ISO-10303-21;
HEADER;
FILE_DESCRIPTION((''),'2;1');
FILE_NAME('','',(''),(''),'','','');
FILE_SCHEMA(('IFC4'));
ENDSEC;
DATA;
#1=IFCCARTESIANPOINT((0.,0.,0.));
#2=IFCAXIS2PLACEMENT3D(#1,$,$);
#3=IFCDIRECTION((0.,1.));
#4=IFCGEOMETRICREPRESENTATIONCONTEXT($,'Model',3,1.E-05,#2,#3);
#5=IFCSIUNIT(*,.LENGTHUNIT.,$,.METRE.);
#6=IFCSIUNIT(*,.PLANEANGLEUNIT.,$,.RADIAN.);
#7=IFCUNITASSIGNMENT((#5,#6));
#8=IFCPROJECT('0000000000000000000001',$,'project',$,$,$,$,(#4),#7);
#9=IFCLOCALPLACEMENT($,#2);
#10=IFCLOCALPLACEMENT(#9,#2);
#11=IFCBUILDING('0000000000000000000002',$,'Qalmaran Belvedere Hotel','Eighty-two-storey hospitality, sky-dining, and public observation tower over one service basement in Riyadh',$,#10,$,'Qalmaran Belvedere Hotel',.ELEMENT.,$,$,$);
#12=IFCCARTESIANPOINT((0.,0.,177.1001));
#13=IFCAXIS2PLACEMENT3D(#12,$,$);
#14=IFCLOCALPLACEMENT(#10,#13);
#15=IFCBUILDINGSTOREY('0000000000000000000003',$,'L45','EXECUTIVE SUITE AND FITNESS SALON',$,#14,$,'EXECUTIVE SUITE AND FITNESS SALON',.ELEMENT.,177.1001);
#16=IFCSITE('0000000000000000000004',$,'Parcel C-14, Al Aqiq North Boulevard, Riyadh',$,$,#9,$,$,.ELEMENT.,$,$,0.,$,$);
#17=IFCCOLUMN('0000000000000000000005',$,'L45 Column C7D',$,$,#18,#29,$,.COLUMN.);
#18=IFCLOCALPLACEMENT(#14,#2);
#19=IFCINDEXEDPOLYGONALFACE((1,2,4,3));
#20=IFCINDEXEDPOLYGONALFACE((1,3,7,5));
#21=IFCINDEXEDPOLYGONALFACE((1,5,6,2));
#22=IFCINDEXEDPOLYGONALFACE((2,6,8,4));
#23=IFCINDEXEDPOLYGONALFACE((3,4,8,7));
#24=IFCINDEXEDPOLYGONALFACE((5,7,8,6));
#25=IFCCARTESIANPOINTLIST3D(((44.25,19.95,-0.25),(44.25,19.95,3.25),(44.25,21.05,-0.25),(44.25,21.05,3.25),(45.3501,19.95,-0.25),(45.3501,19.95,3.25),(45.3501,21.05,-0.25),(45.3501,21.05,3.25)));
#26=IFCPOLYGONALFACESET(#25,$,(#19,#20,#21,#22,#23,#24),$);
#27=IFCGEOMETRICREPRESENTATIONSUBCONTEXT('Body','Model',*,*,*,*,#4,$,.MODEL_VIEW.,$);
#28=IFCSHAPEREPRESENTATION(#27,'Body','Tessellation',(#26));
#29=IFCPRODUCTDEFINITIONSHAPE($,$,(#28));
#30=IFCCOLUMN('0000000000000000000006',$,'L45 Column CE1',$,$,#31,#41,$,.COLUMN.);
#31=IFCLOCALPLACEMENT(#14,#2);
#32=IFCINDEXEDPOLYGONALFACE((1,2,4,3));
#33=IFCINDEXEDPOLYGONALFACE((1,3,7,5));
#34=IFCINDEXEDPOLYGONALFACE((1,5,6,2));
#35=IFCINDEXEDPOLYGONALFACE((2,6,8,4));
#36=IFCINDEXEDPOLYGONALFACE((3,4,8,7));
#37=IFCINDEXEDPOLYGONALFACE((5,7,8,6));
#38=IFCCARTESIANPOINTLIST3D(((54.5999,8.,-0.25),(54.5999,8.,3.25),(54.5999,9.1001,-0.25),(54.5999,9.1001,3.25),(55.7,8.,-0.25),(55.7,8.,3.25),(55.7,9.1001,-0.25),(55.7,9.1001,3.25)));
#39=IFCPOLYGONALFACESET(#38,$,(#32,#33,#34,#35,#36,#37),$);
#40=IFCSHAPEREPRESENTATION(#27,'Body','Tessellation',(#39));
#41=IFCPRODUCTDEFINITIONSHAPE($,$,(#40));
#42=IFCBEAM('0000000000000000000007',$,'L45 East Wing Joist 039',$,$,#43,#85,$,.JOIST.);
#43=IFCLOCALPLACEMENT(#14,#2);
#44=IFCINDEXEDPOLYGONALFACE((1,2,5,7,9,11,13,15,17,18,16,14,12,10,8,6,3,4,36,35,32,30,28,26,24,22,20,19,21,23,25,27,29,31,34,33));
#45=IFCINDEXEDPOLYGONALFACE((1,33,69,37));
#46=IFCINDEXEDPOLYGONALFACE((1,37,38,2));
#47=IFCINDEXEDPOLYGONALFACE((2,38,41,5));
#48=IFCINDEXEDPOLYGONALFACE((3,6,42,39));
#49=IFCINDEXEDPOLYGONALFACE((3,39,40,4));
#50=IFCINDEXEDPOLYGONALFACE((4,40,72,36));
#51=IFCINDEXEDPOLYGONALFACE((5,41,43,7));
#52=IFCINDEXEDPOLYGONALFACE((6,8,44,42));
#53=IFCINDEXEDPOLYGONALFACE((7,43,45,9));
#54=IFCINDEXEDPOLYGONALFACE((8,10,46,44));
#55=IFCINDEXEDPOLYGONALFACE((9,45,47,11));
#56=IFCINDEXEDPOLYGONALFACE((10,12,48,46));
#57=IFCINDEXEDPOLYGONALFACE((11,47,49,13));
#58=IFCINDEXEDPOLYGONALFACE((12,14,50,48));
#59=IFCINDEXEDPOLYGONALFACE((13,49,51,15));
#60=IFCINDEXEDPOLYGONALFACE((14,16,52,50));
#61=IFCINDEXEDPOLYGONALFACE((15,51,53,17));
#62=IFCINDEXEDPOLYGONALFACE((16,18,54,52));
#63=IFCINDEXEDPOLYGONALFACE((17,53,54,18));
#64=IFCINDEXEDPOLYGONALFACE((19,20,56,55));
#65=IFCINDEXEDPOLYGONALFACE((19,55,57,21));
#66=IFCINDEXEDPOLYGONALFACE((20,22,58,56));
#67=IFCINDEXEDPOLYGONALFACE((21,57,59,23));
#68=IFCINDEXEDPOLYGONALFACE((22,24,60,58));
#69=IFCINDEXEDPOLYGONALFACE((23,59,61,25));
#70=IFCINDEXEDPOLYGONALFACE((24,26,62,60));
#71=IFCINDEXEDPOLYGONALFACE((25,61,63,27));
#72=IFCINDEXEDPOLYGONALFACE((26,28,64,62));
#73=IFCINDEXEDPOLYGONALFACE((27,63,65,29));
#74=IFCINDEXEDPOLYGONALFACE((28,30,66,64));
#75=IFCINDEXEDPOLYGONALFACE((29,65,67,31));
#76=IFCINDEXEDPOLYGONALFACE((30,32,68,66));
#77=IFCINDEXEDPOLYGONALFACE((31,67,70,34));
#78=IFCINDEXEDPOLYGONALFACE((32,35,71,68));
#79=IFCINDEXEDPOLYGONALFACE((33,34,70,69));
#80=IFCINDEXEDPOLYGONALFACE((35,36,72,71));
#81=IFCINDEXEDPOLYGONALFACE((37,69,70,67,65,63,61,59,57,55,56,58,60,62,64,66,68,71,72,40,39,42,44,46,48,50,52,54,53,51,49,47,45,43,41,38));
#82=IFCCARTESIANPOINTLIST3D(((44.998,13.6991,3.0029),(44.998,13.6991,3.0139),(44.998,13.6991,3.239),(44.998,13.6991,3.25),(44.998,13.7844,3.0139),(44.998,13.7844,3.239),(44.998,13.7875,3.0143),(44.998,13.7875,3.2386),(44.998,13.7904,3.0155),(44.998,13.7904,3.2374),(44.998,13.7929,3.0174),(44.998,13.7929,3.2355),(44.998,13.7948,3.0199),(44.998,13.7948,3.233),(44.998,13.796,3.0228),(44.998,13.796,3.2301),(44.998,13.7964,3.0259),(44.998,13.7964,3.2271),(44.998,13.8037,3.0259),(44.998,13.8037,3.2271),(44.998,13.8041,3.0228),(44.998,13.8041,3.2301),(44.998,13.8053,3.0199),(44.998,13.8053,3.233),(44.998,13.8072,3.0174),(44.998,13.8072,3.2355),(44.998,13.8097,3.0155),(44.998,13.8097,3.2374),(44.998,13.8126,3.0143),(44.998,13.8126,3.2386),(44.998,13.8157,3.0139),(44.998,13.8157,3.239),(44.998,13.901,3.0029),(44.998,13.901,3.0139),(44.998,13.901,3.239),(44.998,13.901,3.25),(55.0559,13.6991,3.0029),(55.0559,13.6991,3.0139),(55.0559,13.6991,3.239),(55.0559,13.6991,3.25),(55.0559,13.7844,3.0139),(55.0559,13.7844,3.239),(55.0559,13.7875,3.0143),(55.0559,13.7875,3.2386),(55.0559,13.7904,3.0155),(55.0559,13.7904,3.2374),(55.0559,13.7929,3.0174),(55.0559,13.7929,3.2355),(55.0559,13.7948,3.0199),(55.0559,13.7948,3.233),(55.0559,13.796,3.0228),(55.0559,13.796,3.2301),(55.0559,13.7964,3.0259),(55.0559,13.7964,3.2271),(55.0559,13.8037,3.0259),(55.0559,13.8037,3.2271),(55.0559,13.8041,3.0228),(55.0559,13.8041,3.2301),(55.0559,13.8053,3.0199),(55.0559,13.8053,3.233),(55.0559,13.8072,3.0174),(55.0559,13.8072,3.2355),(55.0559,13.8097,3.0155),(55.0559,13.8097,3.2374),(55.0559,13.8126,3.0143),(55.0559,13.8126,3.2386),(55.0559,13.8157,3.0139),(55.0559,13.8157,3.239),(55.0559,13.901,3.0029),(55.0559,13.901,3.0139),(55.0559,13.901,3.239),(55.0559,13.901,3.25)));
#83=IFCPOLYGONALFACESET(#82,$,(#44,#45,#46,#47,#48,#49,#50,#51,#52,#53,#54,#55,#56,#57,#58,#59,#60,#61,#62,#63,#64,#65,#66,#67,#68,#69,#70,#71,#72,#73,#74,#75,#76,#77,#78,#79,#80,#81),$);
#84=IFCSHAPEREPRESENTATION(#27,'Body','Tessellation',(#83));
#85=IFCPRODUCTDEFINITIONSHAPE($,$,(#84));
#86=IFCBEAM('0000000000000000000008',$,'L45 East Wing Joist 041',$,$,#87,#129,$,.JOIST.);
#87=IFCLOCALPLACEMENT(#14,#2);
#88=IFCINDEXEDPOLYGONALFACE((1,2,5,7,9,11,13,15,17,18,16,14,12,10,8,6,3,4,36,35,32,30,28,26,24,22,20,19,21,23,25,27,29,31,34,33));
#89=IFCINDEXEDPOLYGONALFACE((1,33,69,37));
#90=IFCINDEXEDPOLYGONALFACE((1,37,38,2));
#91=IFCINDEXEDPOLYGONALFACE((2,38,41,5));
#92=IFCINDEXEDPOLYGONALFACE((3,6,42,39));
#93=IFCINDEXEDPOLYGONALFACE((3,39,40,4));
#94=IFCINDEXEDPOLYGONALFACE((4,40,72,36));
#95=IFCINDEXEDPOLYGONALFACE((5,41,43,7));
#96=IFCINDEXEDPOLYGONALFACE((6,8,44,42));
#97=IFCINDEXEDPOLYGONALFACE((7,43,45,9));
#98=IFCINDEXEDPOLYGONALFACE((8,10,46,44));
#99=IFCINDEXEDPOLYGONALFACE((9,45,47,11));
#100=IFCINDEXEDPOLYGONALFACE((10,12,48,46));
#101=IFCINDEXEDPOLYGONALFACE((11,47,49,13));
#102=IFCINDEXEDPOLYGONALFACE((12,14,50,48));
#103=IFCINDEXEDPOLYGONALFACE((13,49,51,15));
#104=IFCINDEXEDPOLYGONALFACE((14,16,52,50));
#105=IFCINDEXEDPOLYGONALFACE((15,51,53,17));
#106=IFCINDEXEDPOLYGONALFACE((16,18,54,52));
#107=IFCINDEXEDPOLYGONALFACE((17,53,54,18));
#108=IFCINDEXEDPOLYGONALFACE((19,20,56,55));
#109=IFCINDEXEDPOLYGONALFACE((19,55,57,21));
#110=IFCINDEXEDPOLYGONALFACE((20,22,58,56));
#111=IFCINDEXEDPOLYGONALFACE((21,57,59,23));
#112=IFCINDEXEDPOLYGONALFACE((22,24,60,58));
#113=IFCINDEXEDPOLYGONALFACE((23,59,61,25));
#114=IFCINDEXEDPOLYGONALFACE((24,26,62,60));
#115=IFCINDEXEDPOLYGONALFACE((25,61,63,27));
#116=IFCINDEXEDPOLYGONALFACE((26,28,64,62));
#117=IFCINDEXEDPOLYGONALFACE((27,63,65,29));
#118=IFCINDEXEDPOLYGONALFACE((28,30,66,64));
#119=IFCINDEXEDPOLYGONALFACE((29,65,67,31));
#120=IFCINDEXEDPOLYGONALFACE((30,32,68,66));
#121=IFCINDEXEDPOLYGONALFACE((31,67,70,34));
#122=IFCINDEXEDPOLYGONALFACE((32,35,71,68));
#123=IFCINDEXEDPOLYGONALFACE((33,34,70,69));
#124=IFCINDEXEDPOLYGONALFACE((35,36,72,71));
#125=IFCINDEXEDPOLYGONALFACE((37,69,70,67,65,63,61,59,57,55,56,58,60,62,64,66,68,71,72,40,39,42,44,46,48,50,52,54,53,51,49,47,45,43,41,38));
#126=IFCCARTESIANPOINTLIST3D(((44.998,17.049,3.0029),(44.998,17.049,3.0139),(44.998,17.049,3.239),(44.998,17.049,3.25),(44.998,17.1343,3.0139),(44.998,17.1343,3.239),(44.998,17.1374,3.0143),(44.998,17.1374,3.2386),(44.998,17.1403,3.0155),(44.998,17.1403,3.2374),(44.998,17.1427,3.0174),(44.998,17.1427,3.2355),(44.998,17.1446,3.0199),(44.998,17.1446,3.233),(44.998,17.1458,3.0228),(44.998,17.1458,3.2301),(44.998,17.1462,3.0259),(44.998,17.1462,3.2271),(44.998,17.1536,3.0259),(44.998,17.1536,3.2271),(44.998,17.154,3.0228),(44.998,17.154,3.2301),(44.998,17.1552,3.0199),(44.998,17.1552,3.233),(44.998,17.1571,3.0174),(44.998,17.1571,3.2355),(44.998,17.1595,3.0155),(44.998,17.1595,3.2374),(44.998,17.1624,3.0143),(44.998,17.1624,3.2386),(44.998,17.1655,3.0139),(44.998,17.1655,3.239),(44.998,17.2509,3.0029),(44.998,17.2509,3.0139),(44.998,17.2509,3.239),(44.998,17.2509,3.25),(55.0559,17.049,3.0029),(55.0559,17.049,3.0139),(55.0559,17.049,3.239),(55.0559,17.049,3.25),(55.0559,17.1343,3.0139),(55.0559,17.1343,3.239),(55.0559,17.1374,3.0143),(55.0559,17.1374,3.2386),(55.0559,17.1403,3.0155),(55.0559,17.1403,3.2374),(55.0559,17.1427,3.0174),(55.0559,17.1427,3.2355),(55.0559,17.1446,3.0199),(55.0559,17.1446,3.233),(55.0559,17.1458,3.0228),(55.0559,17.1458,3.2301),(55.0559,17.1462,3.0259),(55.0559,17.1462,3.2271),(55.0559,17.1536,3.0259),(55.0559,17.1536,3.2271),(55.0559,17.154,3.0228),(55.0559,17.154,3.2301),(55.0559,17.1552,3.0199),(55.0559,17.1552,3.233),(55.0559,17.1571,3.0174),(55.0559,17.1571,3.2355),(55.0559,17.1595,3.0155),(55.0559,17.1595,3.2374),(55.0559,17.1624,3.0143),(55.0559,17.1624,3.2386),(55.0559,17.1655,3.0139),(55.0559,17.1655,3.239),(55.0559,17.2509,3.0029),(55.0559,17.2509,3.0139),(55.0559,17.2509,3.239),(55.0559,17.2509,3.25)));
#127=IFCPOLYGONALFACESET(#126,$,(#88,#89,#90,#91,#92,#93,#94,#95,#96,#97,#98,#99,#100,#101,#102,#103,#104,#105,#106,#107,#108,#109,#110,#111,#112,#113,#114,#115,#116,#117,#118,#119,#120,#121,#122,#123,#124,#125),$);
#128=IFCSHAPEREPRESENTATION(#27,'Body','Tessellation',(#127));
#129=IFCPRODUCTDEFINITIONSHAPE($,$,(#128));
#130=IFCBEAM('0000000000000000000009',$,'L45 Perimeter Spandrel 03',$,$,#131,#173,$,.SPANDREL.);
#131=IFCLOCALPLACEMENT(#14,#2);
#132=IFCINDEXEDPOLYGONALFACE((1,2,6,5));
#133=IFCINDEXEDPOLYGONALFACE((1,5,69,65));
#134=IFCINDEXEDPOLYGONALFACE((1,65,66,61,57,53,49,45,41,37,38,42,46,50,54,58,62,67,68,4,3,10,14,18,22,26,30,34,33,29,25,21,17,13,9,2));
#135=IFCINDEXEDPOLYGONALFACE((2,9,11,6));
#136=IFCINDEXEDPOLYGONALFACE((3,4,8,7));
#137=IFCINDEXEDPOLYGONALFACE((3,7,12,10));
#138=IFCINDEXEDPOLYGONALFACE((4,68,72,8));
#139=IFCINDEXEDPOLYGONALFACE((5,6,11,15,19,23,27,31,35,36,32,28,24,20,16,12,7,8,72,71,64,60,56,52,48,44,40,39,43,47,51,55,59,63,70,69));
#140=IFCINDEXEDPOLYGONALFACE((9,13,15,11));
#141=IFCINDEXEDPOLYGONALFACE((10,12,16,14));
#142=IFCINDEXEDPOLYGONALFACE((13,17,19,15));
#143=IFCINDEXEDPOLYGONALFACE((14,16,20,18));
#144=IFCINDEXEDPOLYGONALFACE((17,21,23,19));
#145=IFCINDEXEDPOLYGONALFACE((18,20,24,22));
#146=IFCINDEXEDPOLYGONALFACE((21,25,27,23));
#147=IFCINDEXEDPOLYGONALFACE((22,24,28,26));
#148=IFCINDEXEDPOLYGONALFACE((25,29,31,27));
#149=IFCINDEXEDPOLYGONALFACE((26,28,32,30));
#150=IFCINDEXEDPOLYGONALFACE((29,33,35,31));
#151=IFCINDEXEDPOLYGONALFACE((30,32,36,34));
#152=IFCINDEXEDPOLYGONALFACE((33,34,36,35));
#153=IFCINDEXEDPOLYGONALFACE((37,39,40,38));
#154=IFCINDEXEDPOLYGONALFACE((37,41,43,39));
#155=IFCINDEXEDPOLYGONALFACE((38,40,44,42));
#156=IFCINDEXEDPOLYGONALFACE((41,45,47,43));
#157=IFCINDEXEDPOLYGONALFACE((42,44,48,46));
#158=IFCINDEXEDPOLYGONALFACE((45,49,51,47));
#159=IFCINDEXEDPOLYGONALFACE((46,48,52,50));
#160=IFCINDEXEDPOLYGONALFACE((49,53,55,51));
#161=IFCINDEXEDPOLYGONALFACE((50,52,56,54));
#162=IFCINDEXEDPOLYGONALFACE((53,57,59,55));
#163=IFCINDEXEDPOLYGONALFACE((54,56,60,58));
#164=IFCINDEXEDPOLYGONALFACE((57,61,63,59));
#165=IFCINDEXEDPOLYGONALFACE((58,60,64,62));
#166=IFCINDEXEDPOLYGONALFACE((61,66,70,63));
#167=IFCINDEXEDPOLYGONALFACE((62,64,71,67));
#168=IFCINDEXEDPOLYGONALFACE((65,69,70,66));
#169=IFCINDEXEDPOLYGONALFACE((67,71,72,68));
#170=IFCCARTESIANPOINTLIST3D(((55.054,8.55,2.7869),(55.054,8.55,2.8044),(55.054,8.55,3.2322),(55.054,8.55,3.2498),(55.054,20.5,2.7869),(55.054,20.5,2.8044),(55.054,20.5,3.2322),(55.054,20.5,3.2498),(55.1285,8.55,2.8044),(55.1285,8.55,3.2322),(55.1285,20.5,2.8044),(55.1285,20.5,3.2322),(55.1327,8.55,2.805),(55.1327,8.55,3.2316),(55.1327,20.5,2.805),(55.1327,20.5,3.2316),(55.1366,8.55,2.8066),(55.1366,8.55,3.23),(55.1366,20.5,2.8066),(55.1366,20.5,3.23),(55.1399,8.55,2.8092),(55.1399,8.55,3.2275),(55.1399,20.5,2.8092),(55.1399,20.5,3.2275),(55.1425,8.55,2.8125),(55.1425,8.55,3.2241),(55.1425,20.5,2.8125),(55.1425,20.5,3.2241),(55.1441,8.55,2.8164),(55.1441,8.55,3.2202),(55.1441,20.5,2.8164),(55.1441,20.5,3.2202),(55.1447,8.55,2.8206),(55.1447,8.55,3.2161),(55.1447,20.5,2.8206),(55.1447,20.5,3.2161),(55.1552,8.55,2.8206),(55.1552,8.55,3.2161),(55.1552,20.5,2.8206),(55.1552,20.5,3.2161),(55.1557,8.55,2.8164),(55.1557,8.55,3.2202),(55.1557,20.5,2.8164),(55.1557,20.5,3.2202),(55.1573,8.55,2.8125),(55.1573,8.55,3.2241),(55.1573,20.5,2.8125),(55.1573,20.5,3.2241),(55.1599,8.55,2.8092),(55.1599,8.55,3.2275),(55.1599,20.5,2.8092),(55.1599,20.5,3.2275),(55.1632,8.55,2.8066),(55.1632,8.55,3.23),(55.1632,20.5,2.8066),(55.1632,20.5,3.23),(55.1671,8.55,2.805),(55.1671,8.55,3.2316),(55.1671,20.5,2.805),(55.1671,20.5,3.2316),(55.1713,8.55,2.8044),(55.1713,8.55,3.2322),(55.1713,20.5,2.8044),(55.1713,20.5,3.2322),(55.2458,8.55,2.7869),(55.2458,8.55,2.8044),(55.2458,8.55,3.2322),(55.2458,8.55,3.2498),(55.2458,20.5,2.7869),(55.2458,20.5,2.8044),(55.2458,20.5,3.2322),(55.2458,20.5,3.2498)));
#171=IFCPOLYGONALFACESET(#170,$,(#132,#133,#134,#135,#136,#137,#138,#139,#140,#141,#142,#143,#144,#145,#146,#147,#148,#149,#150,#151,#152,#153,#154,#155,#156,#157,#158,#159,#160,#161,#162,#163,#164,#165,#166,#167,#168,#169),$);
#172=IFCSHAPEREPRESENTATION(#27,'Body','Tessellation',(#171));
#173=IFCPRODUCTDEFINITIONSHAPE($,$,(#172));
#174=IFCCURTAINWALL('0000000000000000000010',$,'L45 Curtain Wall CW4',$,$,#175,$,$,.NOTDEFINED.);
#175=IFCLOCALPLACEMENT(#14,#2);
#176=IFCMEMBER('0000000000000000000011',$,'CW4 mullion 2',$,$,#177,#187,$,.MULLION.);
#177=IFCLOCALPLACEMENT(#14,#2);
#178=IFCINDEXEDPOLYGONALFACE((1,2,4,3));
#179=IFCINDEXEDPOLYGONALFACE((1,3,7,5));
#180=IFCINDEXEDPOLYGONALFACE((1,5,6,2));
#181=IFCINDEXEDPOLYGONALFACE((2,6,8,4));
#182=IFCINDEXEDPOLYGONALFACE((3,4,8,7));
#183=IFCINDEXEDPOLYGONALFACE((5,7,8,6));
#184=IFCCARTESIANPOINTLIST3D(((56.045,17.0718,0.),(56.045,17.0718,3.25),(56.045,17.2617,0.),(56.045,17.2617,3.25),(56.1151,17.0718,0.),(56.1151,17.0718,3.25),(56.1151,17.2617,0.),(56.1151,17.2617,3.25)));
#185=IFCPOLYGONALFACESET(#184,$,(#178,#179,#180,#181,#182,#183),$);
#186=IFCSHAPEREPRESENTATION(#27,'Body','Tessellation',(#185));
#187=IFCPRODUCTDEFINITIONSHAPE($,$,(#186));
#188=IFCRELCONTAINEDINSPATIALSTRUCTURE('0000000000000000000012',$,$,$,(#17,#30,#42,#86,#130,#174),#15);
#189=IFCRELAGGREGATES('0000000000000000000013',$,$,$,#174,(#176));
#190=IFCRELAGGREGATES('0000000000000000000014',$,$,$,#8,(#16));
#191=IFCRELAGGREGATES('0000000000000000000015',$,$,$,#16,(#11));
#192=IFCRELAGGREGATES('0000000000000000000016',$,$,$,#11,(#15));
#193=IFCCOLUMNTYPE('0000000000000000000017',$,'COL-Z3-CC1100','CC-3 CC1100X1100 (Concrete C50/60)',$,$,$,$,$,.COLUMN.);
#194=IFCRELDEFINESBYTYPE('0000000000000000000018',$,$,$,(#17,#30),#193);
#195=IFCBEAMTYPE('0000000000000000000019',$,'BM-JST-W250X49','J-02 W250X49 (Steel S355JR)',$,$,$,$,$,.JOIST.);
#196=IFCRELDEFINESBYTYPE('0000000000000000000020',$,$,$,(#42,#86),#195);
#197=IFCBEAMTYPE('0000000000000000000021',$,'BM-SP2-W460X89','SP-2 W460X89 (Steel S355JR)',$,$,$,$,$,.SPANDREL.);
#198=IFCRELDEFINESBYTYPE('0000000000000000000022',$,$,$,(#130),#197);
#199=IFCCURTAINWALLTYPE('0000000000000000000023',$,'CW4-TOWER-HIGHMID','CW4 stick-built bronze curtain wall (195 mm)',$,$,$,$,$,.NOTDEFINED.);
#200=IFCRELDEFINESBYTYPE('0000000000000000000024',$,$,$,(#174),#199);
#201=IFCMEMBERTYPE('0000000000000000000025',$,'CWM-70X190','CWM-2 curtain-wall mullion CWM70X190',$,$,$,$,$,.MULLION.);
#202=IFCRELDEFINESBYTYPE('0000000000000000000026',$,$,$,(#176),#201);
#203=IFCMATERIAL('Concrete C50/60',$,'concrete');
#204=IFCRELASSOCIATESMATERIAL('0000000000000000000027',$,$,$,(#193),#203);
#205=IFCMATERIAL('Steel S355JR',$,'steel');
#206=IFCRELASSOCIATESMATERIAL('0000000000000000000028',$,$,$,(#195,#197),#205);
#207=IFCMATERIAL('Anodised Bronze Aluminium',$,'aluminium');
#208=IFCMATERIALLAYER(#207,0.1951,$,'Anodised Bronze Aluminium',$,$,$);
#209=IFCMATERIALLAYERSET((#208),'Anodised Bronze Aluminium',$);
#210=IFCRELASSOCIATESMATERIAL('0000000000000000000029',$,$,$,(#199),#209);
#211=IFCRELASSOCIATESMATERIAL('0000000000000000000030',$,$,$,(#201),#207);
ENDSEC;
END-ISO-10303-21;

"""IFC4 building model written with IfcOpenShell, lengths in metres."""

from ifc_helpers import new_model, si_unit, direction, frame, origin, origin_2d, place, context, subcontext, project, spatial, rectangle, i_section, extrude, material, layer, layer_set, material_profile, profile_set, type_object, element, aggregate, save


model = new_model("IFC4")

# Units and contexts
model_context = context("Model", 3, precision=1e-05, world=origin(), true_north=direction((0.0, 1.0)))
body_context = subcontext(model_context, "Body", "Model", "MODEL_VIEW")
ifc_project = project(units=[si_unit("LENGTHUNIT", "METRE"), si_unit("PLANEANGLEUNIT", "RADIAN")], contexts=[model_context])

# Site, building, storey
site_placement = place(None, origin())
site = spatial("IfcSite", under=ifc_project, at=site_placement, Name="Parcel C-14, Al Aqiq North Boulevard, Riyadh", CompositionType="ELEMENT", RefElevation=0.0)
building_placement = place(site_placement, origin())
building = spatial("IfcBuilding", under=site, at=building_placement, Name="Qalmaran Belvedere Hotel", Description="Eighty-two-storey hospitality, sky-dining, and public observation tower over one service basement in Riyadh", LongName="Qalmaran Belvedere Hotel", CompositionType="ELEMENT")
storey_placement = place(building_placement, frame((0.0, 0.0, 177.1001)))
storey = spatial("IfcBuildingStorey", under=building, at=storey_placement, Name="L45", Description="EXECUTIVE SUITE AND FITNESS SALON", LongName="EXECUTIVE SUITE AND FITNESS SALON", CompositionType="ELEMENT", Elevation=177.1001)

# Columns
ifc_material_1 = material(Name="Concrete C50/60", Category="concrete")
ifc_material_profile_1 = material_profile(ifc_material_1, rectangle(XDim=1.1001, YDim=1.1001, at=origin_2d()), Name="CC1100X1100")
ifc_profile_set_1 = profile_set([ifc_material_profile_1], Name="Concrete C50/60")
column_type = type_object("IfcColumnType", Name="COL-Z3-CC1100", Description="CC-3 CC1100X1100 (Concrete C50/60)", PredefinedType="COLUMN", material=ifc_profile_set_1)
for number, where, z_axis, x_axis, name in (
    (1, (44.8, 20.5, -0.25), (0.0, 0.0, 1.0), (1.0, 0.0, 0.0), "L45 Column C7D"),
    (2, (55.1499, 8.55, -0.25), (0.0, 0.0, 1.0), (1.0, 0.0, 0.0), "L45 Column CE1"),
):
    element("IfcColumn", number, at=place(storey_placement, frame(where, z_axis=z_axis, x_axis=x_axis)), inside=storey, type_object=column_type, Name=name, PredefinedType="COLUMN", context=body_context, shape_type="SweptSolid", body=[
        extrude(rectangle(XDim=1.1001, YDim=1.1001, at=origin_2d()), origin(), (0.0, 0.0, 1.0), 3.5),
    ])

# Beams
ifc_material_2 = material(Name="Steel S355JR", Category="steel")
ifc_material_profile_2 = material_profile(ifc_material_2, i_section(OverallWidth=0.2019, OverallDepth=0.2471, WebThickness=0.0073, FlangeThickness=0.011, FilletRadius=0.012, at=origin_2d()), Name="W250X49")
ifc_profile_set_2 = profile_set([ifc_material_profile_2], Name="Steel S355JR")
beam_type_1 = type_object("IfcBeamType", Name="BM-JST-W250X49", Description="J-02 W250X49 (Steel S355JR)", PredefinedType="JOIST", material=ifc_profile_set_2)
for number, where, z_axis, x_axis, name in (
    (3, (44.998, 13.8, 3.1265), (1.0, 0.0, 0.0), (0.0, 1.0, 0.0), "L45 East Wing Joist 039"),
    (4, (44.998, 17.1499, 3.1265), (1.0, 0.0, 0.0), (0.0, 1.0, 0.0), "L45 East Wing Joist 041"),
):
    element("IfcBeam", number, at=place(storey_placement, frame(where, z_axis=z_axis, x_axis=x_axis)), inside=storey, type_object=beam_type_1, Name=name, PredefinedType="JOIST", context=body_context, shape_type="SweptSolid", body=[
        extrude(i_section(OverallWidth=0.2019, OverallDepth=0.2471, WebThickness=0.0073, FlangeThickness=0.011, FilletRadius=0.012, at=origin_2d()), origin(), (0.0, 0.0, 1.0), 10.0579),
    ])
ifc_material_profile_3 = material_profile(ifc_material_2, i_section(OverallWidth=0.1919, OverallDepth=0.4629, WebThickness=0.0105, FlangeThickness=0.0176, FilletRadius=0.0161, at=origin_2d()), Name="W460X89")
ifc_profile_set_3 = profile_set([ifc_material_profile_3], Name="Steel S355JR")
beam_type_2 = type_object("IfcBeamType", Name="BM-SP2-W460X89", Description="SP-2 W460X89 (Steel S355JR)", PredefinedType="SPANDREL", material=ifc_profile_set_3)
beam_placement = place(storey_placement, frame((55.1499, 8.55, 3.0183), z_axis=(0.0, 1.0, 0.0), x_axis=(-1.0, 0.0, 0.0)))
element("IfcBeam", 5, at=beam_placement, inside=storey, type_object=beam_type_2, Name="L45 Perimeter Spandrel 03", PredefinedType="SPANDREL", context=body_context, shape_type="SweptSolid", body=[
    extrude(i_section(OverallWidth=0.1919, OverallDepth=0.4629, WebThickness=0.0105, FlangeThickness=0.0176, FilletRadius=0.0161, at=origin_2d()), origin(), (0.0, 0.0, 1.0), 11.95),
])

# Curtain wall, member
ifc_material_3 = material(Name="Anodised Bronze Aluminium", Category="aluminium")
ifc_layer_1 = layer(ifc_material_3, 0.1951, Name="Anodised Bronze Aluminium")
ifc_layer_set_1 = layer_set([ifc_layer_1], Name="Anodised Bronze Aluminium")
curtain_wall_type = type_object("IfcCurtainWallType", Name="CW4-TOWER-HIGHMID", Description="CW4 stick-built bronze curtain wall (195 mm)", PredefinedType="NOTDEFINED", material=ifc_layer_set_1)
curtain_wall_placement = place(storey_placement, origin())
curtain_wall = element("IfcCurtainWall", 6, at=curtain_wall_placement, inside=storey, type_object=curtain_wall_type, Name="L45 Curtain Wall CW4", PredefinedType="NOTDEFINED")
ifc_material_profile_4 = material_profile(ifc_material_3, rectangle(XDim=0.0701, YDim=0.1899, at=origin_2d()), Name="CWM70X190")
ifc_profile_set_4 = profile_set([ifc_material_profile_4], Name="Anodised Bronze Aluminium")
member_type_1 = type_object("IfcMemberType", Name="CWM-70X190", Description="CWM-2 curtain-wall mullion CWM70X190", PredefinedType="MULLION", material=ifc_profile_set_4)
member_1_placement = place(storey_placement, frame((56.0801, 17.1667, 0.0), z_axis=(0.0, 0.0, 1.0), x_axis=(-1.0, 0.0, 0.0)))
member_1 = element("IfcMember", 7, at=member_1_placement, type_object=member_type_1, Name="CW4 mullion 2", PredefinedType="MULLION", context=body_context, shape_type="SweptSolid", body=[
    extrude(rectangle(XDim=0.0701, YDim=0.1899, at=origin_2d()), origin(), (0.0, 0.0, 1.0), 3.25),
])
aggregate(curtain_wall, [member_1])

save(model, "model.ifc")
